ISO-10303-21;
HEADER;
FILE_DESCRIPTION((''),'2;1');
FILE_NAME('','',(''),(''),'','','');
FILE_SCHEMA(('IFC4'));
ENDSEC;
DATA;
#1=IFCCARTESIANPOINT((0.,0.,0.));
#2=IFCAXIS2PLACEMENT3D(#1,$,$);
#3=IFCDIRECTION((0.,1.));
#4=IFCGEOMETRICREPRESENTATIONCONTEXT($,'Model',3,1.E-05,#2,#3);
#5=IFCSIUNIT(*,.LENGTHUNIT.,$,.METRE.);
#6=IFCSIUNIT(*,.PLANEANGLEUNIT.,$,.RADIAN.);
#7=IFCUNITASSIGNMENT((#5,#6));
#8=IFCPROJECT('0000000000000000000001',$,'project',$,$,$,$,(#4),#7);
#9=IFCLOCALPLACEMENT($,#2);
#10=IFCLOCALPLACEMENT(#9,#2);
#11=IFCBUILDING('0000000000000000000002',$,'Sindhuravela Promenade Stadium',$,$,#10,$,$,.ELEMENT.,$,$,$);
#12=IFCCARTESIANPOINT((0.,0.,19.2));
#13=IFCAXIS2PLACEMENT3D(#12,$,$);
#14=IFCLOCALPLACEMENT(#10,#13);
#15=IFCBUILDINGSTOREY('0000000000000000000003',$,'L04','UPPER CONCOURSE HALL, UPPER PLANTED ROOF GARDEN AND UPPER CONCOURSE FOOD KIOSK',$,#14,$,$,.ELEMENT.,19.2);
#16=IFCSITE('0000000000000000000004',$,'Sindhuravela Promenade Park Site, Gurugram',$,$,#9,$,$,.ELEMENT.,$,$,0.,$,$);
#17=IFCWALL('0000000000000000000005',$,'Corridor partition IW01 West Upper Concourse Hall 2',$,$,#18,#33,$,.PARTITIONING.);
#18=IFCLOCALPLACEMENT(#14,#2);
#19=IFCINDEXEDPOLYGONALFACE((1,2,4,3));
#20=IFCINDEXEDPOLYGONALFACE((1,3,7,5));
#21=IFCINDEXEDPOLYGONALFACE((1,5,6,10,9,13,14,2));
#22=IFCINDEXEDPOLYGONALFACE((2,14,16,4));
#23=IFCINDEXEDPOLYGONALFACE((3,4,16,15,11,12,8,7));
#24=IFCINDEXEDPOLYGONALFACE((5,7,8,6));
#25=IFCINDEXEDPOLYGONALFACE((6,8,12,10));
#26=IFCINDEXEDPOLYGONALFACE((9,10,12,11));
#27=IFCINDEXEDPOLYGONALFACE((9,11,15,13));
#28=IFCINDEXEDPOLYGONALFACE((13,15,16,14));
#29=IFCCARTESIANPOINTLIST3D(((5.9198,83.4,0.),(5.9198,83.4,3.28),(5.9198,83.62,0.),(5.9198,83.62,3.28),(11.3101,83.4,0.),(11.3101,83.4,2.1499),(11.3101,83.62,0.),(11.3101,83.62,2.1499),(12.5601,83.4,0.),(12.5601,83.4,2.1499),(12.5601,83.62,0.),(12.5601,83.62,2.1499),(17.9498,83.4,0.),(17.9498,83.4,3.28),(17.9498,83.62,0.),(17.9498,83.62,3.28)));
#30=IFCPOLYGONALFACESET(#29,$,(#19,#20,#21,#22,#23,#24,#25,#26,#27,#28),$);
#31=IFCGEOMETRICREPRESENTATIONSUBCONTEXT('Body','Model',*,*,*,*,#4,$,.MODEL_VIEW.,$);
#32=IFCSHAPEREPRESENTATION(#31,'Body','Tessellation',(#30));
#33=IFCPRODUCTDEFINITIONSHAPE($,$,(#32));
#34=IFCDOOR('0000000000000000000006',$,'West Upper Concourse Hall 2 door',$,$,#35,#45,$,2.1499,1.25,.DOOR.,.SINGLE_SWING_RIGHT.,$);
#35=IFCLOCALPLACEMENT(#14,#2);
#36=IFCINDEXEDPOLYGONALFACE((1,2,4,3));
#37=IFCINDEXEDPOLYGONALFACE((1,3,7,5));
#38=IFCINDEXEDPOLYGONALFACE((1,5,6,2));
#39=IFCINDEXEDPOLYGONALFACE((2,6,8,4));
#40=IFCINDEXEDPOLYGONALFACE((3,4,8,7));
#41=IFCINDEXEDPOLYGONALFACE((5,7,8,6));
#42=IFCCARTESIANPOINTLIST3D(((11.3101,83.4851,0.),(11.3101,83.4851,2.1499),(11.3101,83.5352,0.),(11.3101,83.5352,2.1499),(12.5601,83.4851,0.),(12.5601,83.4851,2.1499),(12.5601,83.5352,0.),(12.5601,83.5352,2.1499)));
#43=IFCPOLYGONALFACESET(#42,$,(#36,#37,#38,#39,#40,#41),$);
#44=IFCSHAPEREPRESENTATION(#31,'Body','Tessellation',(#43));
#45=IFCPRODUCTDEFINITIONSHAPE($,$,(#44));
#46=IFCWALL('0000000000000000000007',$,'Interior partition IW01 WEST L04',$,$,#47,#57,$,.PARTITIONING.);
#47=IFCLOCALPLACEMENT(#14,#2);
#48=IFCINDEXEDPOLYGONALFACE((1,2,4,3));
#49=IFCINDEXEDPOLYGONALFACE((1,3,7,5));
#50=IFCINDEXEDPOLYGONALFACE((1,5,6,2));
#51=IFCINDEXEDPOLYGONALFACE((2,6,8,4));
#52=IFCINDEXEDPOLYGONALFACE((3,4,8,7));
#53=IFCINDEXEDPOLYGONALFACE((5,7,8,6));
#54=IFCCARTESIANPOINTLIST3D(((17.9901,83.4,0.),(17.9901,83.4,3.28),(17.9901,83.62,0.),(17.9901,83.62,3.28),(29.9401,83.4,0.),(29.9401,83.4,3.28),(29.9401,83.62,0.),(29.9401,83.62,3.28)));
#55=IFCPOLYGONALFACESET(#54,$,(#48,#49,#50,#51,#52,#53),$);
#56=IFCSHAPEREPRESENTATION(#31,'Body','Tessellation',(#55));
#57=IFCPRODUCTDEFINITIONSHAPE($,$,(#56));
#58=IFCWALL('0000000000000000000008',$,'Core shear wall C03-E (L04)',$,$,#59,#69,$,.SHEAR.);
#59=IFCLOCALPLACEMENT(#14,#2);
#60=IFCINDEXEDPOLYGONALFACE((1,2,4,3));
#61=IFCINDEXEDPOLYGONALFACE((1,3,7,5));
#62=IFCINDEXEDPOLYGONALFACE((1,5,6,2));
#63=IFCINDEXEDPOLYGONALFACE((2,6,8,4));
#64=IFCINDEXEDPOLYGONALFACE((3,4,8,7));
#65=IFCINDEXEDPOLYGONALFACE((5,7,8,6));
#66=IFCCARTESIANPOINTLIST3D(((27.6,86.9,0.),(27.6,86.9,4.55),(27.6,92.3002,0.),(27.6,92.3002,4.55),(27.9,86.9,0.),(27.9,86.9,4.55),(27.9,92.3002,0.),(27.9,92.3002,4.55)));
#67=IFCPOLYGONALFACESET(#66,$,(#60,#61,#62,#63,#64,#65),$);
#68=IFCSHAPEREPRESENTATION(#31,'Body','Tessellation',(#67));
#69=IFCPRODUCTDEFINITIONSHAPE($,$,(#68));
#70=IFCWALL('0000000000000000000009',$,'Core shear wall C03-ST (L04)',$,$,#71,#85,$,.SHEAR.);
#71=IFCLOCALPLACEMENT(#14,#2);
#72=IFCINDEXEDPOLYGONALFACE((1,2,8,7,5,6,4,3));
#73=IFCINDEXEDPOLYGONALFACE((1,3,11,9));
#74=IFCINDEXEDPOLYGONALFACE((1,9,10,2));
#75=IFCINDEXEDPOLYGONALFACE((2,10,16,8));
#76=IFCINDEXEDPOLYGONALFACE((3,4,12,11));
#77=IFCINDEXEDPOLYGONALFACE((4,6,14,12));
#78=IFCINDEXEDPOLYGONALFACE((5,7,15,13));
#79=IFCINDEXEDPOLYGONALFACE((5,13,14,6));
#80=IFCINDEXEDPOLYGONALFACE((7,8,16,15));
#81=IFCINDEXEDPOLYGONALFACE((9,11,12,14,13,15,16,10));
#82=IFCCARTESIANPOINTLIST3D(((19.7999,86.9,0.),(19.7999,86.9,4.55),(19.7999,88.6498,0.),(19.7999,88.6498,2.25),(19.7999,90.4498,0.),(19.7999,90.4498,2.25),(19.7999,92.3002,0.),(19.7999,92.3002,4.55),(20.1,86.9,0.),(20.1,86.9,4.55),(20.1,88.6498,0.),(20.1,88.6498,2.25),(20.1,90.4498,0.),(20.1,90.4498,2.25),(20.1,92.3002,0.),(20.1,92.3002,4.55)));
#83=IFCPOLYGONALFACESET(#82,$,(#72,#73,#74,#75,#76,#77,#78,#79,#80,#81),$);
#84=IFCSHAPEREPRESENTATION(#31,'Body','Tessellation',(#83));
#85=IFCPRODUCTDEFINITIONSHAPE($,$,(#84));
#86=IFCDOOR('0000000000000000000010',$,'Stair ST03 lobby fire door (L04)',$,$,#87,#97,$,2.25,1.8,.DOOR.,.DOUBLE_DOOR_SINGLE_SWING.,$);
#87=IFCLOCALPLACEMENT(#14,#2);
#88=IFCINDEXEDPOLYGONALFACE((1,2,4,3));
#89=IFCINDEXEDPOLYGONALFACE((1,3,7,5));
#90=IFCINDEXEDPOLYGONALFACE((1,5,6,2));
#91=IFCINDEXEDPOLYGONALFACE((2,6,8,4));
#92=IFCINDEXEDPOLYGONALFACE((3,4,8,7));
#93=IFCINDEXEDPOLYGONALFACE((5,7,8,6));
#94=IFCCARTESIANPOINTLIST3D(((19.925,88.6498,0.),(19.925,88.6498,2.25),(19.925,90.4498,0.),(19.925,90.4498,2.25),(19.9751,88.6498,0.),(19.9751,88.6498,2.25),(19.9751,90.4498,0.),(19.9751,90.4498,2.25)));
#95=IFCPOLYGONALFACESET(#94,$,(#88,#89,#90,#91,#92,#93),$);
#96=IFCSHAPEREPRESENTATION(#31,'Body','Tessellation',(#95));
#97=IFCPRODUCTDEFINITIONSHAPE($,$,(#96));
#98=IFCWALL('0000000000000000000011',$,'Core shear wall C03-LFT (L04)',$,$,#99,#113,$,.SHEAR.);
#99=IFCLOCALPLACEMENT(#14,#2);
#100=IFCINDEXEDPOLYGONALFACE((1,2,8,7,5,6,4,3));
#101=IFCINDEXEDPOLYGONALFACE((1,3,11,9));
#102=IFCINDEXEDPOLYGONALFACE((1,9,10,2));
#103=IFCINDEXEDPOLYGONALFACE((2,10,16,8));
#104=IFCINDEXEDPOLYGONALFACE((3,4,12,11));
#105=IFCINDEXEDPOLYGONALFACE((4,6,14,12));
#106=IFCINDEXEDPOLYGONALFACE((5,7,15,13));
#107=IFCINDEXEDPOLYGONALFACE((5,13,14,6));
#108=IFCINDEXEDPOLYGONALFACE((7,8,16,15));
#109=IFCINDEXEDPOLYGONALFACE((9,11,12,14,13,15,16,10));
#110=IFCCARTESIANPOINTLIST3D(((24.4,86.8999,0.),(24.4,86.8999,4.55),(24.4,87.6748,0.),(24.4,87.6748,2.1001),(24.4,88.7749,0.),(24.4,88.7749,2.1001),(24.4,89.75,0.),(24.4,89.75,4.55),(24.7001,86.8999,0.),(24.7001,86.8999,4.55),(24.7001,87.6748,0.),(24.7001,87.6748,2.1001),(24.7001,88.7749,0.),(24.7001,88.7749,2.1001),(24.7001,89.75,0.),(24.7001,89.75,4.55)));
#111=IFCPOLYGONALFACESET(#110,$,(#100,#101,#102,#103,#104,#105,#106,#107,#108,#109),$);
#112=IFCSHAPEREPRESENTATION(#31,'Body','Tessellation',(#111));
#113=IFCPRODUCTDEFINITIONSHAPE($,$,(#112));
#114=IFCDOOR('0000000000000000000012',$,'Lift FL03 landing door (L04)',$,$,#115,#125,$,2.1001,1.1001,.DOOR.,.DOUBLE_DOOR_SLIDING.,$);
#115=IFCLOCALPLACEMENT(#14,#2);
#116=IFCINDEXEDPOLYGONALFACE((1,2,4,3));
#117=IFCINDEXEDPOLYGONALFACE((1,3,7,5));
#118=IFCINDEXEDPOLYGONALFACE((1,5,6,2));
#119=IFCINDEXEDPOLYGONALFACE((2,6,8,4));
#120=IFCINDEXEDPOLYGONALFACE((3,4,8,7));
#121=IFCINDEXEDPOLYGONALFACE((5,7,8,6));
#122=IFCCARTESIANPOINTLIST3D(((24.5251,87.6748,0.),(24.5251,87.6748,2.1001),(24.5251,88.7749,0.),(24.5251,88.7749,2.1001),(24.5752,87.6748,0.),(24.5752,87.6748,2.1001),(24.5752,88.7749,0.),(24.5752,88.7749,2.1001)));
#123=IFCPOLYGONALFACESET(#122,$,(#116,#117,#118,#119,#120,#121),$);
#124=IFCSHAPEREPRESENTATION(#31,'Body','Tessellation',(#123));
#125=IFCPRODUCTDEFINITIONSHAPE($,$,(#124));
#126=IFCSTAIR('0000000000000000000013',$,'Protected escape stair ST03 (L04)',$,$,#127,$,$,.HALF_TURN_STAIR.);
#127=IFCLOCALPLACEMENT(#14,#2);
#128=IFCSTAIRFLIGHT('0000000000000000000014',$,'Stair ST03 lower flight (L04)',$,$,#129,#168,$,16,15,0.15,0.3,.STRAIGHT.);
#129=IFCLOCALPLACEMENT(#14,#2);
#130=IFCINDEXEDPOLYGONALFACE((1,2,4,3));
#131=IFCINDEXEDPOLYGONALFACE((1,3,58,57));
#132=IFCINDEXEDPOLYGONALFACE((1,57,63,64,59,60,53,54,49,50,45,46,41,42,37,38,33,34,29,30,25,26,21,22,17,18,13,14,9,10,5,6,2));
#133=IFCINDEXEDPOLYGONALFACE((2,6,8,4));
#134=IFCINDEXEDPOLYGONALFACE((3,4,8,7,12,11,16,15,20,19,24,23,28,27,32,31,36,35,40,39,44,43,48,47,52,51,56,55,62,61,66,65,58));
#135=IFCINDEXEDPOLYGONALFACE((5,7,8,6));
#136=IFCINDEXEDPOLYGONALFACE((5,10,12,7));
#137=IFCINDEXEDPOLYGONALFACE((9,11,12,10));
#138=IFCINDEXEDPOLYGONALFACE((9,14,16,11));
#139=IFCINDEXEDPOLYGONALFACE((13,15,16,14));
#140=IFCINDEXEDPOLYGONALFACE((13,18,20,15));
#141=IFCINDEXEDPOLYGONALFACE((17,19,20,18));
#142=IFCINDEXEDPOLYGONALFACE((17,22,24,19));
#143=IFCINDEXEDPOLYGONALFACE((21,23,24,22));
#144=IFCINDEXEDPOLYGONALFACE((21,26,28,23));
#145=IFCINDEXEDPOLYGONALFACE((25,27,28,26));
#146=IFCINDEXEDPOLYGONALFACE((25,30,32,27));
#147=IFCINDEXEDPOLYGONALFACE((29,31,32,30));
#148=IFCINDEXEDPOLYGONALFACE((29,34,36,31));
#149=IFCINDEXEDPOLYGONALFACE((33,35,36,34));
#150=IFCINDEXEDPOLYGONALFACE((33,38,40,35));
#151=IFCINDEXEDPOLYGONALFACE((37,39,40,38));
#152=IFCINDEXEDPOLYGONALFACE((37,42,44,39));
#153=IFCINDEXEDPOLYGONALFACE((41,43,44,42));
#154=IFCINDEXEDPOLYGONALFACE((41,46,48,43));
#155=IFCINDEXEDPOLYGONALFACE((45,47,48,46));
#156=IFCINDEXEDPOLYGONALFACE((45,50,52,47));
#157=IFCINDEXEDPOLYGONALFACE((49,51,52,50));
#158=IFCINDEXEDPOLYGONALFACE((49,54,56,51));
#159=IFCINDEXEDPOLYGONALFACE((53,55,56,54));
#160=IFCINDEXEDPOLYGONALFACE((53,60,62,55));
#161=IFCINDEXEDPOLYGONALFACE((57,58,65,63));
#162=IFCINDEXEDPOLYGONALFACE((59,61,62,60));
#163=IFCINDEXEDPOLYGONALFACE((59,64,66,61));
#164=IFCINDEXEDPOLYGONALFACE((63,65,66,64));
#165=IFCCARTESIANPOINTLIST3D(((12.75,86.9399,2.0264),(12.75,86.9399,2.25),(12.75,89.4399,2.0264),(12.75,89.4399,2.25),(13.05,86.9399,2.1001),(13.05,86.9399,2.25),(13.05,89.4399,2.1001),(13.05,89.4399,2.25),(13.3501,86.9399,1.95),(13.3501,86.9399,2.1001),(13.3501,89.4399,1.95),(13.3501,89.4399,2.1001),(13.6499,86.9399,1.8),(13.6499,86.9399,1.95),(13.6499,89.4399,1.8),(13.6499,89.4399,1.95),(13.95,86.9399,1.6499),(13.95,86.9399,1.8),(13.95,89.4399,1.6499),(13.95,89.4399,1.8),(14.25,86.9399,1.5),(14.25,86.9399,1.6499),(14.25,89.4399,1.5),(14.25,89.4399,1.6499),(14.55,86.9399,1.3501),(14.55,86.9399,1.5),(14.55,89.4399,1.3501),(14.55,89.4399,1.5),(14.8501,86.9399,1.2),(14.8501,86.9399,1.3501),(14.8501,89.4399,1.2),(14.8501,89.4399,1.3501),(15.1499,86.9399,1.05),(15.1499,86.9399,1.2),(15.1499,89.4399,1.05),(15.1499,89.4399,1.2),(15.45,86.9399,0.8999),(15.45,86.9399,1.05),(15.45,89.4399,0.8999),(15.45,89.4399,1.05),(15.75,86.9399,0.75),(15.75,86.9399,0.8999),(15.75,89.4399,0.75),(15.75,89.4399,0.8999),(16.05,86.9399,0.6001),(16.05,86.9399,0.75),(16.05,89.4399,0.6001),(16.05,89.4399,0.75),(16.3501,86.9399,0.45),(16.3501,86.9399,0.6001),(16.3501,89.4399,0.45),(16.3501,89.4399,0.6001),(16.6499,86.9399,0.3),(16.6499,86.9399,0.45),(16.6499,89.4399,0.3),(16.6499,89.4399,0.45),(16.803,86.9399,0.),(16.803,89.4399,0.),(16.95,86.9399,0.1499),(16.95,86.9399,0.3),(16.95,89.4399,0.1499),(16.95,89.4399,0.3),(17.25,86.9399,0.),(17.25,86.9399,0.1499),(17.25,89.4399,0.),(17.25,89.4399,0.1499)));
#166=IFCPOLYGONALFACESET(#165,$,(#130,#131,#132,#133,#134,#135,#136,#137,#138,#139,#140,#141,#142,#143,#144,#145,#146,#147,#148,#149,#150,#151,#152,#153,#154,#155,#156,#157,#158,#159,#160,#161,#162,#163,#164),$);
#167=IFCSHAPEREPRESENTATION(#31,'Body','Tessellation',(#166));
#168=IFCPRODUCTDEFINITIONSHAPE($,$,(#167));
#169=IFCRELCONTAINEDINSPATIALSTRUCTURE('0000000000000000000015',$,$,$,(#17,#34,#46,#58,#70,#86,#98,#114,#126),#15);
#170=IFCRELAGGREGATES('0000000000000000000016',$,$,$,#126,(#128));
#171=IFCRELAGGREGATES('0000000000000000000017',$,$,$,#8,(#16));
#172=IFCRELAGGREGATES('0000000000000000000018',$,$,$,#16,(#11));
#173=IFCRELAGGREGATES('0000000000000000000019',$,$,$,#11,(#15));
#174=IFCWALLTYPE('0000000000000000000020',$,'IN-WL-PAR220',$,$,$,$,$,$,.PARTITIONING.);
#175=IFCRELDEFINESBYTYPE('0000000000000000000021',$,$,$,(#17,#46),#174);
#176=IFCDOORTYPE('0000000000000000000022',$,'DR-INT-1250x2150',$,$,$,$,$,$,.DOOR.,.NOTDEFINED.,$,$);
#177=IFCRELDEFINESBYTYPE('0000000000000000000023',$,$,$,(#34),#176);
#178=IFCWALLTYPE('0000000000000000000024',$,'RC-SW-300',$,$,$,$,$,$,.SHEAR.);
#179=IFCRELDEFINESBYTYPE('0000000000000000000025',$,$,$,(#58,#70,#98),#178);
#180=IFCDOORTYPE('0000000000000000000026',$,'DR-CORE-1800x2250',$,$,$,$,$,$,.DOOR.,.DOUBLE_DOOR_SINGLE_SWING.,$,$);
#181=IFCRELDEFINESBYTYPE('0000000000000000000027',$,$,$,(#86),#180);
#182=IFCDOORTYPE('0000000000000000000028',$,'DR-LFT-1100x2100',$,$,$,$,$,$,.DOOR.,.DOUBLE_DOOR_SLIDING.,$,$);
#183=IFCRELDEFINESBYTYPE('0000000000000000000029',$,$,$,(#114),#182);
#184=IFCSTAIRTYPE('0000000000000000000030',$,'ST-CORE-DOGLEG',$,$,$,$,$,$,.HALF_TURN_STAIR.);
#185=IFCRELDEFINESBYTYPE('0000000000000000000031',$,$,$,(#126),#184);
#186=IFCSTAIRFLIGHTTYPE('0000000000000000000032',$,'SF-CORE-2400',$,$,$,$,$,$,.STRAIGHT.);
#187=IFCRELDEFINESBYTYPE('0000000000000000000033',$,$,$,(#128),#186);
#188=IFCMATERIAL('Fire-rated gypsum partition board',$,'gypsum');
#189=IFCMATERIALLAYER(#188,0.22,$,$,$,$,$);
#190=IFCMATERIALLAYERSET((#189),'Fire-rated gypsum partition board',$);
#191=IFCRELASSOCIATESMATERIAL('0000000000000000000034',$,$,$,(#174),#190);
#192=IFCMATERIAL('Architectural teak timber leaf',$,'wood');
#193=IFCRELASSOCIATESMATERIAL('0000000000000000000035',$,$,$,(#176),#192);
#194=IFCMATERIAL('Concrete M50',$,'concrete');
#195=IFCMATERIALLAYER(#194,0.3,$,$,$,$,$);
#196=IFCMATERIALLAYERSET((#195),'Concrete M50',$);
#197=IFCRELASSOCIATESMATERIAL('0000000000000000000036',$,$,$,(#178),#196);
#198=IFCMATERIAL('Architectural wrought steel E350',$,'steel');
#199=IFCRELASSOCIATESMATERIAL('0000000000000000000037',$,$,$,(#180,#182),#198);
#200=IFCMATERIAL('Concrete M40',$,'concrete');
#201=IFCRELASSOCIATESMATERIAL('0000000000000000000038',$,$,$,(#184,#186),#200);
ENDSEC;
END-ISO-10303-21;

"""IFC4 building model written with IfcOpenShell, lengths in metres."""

from ifc_helpers import new_model, si_unit, direction, frame, frame_2d, origin, place, context, subcontext, project, spatial, polyline, rectangle, outline, extrude, material, layer, layer_set, type_object, element, fill, aggregate, save


model = new_model("IFC4")

# Units and contexts
model_context = context("Model", 3, precision=1e-05, world=origin(), true_north=direction((0.0, 1.0)))
body_context = subcontext(model_context, "Body", "Model", "MODEL_VIEW")
ifc_project = project(units=[si_unit("LENGTHUNIT", "METRE"), si_unit("PLANEANGLEUNIT", "RADIAN")], contexts=[model_context])

# Site, building, storey
site_placement = place(None, origin())
site = spatial("IfcSite", under=ifc_project, at=site_placement, Name="Sindhuravela Promenade Park Site, Gurugram", CompositionType="ELEMENT", RefElevation=0.0)
building_placement = place(site_placement, origin())
building = spatial("IfcBuilding", under=site, at=building_placement, Name="Sindhuravela Promenade Stadium", CompositionType="ELEMENT")
storey_placement = place(building_placement, frame((0.0, 0.0, 19.2)))
storey = spatial("IfcBuildingStorey", under=building, at=storey_placement, Name="L04", Description="UPPER CONCOURSE HALL, UPPER PLANTED ROOF GARDEN AND UPPER CONCOURSE FOOD KIOSK", CompositionType="ELEMENT", Elevation=19.2)

# Shared definitions
ifc_material_1 = material(Name="Concrete M40", Category="concrete")

# Shared definitions
ifc_material_2 = material(Name="Concrete M50", Category="concrete")

# Shared definitions
ifc_material_3 = material(Name="Fire-rated gypsum partition board", Category="gypsum")

# Wall, opening, door
ifc_layer_1 = layer(ifc_material_3, 0.22)
ifc_layer_set_1 = layer_set([ifc_layer_1], Name="Fire-rated gypsum partition board")
wall_type_1 = type_object("IfcWallType", Name="IN-WL-PAR220", PredefinedType="PARTITIONING", material=ifc_layer_set_1)
wall_1_placement = place(storey_placement, frame((17.95, 83.51, 0.0), z_axis=(0.0, 0.0, 1.0), x_axis=(-1.0, 0.0, 0.0)))
wall_1 = element("IfcWall", 1, at=wall_1_placement, inside=storey, type_object=wall_type_1, Name="Corridor partition IW01 West Upper Concourse Hall 2", PredefinedType="PARTITIONING", context=body_context, shape_type="SweptSolid", body=[
    extrude(rectangle(XDim=12.03, YDim=0.22, at=frame_2d((6.0151, 0.0))), origin(), (0.0, 0.0, 1.0), 3.28),
])
opening_1_placement = place(wall_1_placement, frame((5.3899, 0.0, 0.0)))
opening_1 = element("IfcOpeningElement", 2, at=opening_1_placement, cuts=wall_1, PredefinedType="OPENING", context=body_context, shape_type="SweptSolid", body=[
    extrude(rectangle(XDim=1.25, YDim=2.1499, at=frame_2d((0.625, 1.075))), frame((0.0, 0.1199, 0.0), z_axis=(0.0, -1.0, 0.0), x_axis=(1.0, 0.0, 0.0)), (0.0, 0.0, 1.0), 0.24),
])
ifc_material_4 = material(Name="Architectural teak timber leaf", Category="wood")
door_type_1 = type_object("IfcDoorType", Name="DR-INT-1250x2150", OperationType="NOTDEFINED", PredefinedType="DOOR", material=ifc_material_4)
door_1_placement = place(opening_1_placement, origin())
door_1 = element("IfcDoor", 3, at=door_1_placement, inside=storey, type_object=door_type_1, Name="West Upper Concourse Hall 2 door", OperationType="SINGLE_SWING_RIGHT", OverallHeight=2.1499, OverallWidth=1.25, PredefinedType="DOOR", context=body_context, shape_type="SweptSolid", body=[
    extrude(rectangle(XDim=1.25, YDim=2.1499, at=frame_2d((0.625, 1.075))), frame((0.0, 0.0249, 0.0), z_axis=(0.0, -1.0, 0.0), x_axis=(1.0, 0.0, 0.0)), (0.0, 0.0, 1.0), 0.05),
])
fill(opening_1, door_1)

# Walls
wall_2_placement = place(storey_placement, frame((17.99, 83.51, 0.0), z_axis=(0.0, 0.0, 1.0), x_axis=(1.0, 0.0, 0.0)))
element("IfcWall", 4, at=wall_2_placement, inside=storey, type_object=wall_type_1, Name="Interior partition IW01 WEST L04", PredefinedType="PARTITIONING", context=body_context, shape_type="SweptSolid", body=[
    extrude(rectangle(XDim=11.95, YDim=0.22, at=frame_2d((5.9751, 0.0))), origin(), (0.0, 0.0, 1.0), 3.28),
])
ifc_layer_2 = layer(ifc_material_2, 0.3)
ifc_layer_set_2 = layer_set([ifc_layer_2], Name="Concrete M50")
wall_type_2 = type_object("IfcWallType", Name="RC-SW-300", PredefinedType="SHEAR", material=ifc_layer_set_2)
wall_3_placement = place(storey_placement, frame((27.75, 86.8999, 0.0), z_axis=(0.0, 0.0, 1.0), x_axis=(0.0, 1.0, 0.0)))
element("IfcWall", 5, at=wall_3_placement, inside=storey, type_object=wall_type_2, Name="Core shear wall C03-E (L04)", PredefinedType="SHEAR", context=body_context, shape_type="SweptSolid", body=[
    extrude(rectangle(XDim=5.4001, YDim=0.3, at=frame_2d((2.7002, 0.0))), origin(), (0.0, 0.0, 1.0), 4.55),
])

# Walls, openings, doors
wall_4_placement = place(storey_placement, frame((19.95, 86.8999, 0.0), z_axis=(0.0, 0.0, 1.0), x_axis=(0.0, 1.0, 0.0)))
wall_4 = element("IfcWall", 6, at=wall_4_placement, inside=storey, type_object=wall_type_2, Name="Core shear wall C03-ST (L04)", PredefinedType="SHEAR", context=body_context, shape_type="SweptSolid", body=[
    extrude(rectangle(XDim=5.4001, YDim=0.3, at=frame_2d((2.7002, 0.0))), origin(), (0.0, 0.0, 1.0), 4.55),
])
opening_2_placement = place(wall_4_placement, frame((1.75, 0.0, 0.0)))
opening_2 = element("IfcOpeningElement", 7, at=opening_2_placement, cuts=wall_4, PredefinedType="OPENING", context=body_context, shape_type="SweptSolid", body=[
    extrude(rectangle(XDim=1.8, YDim=2.25, at=frame_2d((0.8999, 1.125))), frame((0.0, 0.1599, 0.0), z_axis=(0.0, -1.0, 0.0), x_axis=(1.0, 0.0, 0.0)), (0.0, 0.0, 1.0), 0.3201),
])
ifc_material_5 = material(Name="Architectural wrought steel E350", Category="steel")
door_type_2 = type_object("IfcDoorType", Name="DR-CORE-1800x2250", OperationType="DOUBLE_DOOR_SINGLE_SWING", PredefinedType="DOOR", material=ifc_material_5)
door_2_placement = place(opening_2_placement, origin())
door_2 = element("IfcDoor", 8, at=door_2_placement, inside=storey, type_object=door_type_2, Name="Stair ST03 lobby fire door (L04)", OperationType="DOUBLE_DOOR_SINGLE_SWING", OverallHeight=2.25, OverallWidth=1.8, PredefinedType="DOOR", context=body_context, shape_type="SweptSolid", body=[
    extrude(rectangle(XDim=1.8, YDim=2.25, at=frame_2d((0.8999, 1.125))), frame((0.0, 0.0249, 0.0), z_axis=(0.0, -1.0, 0.0), x_axis=(1.0, 0.0, 0.0)), (0.0, 0.0, 1.0), 0.05),
])
fill(opening_2, door_2)
wall_5_placement = place(storey_placement, frame((24.55, 86.8999, 0.0), z_axis=(0.0, 0.0, 1.0), x_axis=(0.0, 1.0, 0.0)))
wall_5 = element("IfcWall", 9, at=wall_5_placement, inside=storey, type_object=wall_type_2, Name="Core shear wall C03-LFT (L04)", PredefinedType="SHEAR", context=body_context, shape_type="SweptSolid", body=[
    extrude(rectangle(XDim=2.8501, YDim=0.3, at=frame_2d((1.425, 0.0))), origin(), (0.0, 0.0, 1.0), 4.55),
])
opening_3_placement = place(wall_5_placement, frame((0.7749, 0.0, 0.0)))
opening_3 = element("IfcOpeningElement", 10, at=opening_3_placement, cuts=wall_5, PredefinedType="OPENING", context=body_context, shape_type="SweptSolid", body=[
    extrude(rectangle(XDim=1.1001, YDim=2.1001, at=frame_2d((0.55, 1.05))), frame((0.0, 0.1599, 0.0), z_axis=(0.0, -1.0, 0.0), x_axis=(1.0, 0.0, 0.0)), (0.0, 0.0, 1.0), 0.3201),
])
door_type_3 = type_object("IfcDoorType", Name="DR-LFT-1100x2100", OperationType="DOUBLE_DOOR_SLIDING", PredefinedType="DOOR", material=ifc_material_5)
door_3_placement = place(opening_3_placement, origin())
door_3 = element("IfcDoor", 11, at=door_3_placement, inside=storey, type_object=door_type_3, Name="Lift FL03 landing door (L04)", OperationType="DOUBLE_DOOR_SLIDING", OverallHeight=2.1001, OverallWidth=1.1001, PredefinedType="DOOR", context=body_context, shape_type="SweptSolid", body=[
    extrude(rectangle(XDim=1.1001, YDim=2.1001, at=frame_2d((0.55, 1.05))), frame((0.0, 0.0249, 0.0), z_axis=(0.0, -1.0, 0.0), x_axis=(1.0, 0.0, 0.0)), (0.0, 0.0, 1.0), 0.05),
])
fill(opening_3, door_3)

# Stair, stair flight
stair_type = type_object("IfcStairType", Name="ST-CORE-DOGLEG", PredefinedType="HALF_TURN_STAIR", material=ifc_material_1)
stair_placement = place(storey_placement, origin())
stair = element("IfcStair", 12, at=stair_placement, inside=storey, type_object=stair_type, Name="Protected escape stair ST03 (L04)", PredefinedType="HALF_TURN_STAIR")
stair_flight_type = type_object("IfcStairFlightType", Name="SF-CORE-2400", PredefinedType="STRAIGHT", material=ifc_material_1)
stair_flight_placement = place(storey_placement, frame((17.25, 88.1899, 0.0), z_axis=(0.0, 0.0, 1.0), x_axis=(-1.0, 0.0, 0.0)))
stair_flight = element("IfcStairFlight", 13, at=stair_flight_placement, type_object=stair_flight_type, Name="Stair ST03 lower flight (L04)", NumberOfRisers=16, NumberOfTreads=15, PredefinedType="STRAIGHT", RiserHeight=0.15, TreadLength=0.3, context=body_context, shape_type="SweptSolid", body=[
    extrude(outline(polyline([(0.0, 0.0), (0.0, 0.1499), (0.3, 0.1499), (0.3, 0.3), (0.6001, 0.3), (0.6001, 0.45), (0.8999, 0.45), (0.8999, 0.6001), (1.2, 0.6001), (1.2, 0.75), (1.5, 0.75), (1.5, 0.8999), (1.8, 0.8999), (1.8, 1.05), (2.1001, 1.05), (2.1001, 1.2), (2.3999, 1.2), (2.3999, 1.3501), (2.7, 1.3501), (2.7, 1.5), (3.0, 1.5), (3.0, 1.6499), (3.3, 1.6499), (3.3, 1.8), (3.6001, 1.8), (3.6001, 1.95), (3.8999, 1.95), (3.8999, 2.1001), (4.2, 2.1001), (4.2, 2.25), (4.5, 2.25), (4.5, 2.3999), (4.5, 2.0264), (0.447, 0.0), (0.0, 0.0)])), frame((0.0, 1.25, 0.0), z_axis=(0.0, -1.0, 0.0), x_axis=(1.0, 0.0, 0.0)), (0.0, 0.0, 1.0), 2.5),
])
aggregate(stair, [stair_flight])

save(model, "model.ifc")
